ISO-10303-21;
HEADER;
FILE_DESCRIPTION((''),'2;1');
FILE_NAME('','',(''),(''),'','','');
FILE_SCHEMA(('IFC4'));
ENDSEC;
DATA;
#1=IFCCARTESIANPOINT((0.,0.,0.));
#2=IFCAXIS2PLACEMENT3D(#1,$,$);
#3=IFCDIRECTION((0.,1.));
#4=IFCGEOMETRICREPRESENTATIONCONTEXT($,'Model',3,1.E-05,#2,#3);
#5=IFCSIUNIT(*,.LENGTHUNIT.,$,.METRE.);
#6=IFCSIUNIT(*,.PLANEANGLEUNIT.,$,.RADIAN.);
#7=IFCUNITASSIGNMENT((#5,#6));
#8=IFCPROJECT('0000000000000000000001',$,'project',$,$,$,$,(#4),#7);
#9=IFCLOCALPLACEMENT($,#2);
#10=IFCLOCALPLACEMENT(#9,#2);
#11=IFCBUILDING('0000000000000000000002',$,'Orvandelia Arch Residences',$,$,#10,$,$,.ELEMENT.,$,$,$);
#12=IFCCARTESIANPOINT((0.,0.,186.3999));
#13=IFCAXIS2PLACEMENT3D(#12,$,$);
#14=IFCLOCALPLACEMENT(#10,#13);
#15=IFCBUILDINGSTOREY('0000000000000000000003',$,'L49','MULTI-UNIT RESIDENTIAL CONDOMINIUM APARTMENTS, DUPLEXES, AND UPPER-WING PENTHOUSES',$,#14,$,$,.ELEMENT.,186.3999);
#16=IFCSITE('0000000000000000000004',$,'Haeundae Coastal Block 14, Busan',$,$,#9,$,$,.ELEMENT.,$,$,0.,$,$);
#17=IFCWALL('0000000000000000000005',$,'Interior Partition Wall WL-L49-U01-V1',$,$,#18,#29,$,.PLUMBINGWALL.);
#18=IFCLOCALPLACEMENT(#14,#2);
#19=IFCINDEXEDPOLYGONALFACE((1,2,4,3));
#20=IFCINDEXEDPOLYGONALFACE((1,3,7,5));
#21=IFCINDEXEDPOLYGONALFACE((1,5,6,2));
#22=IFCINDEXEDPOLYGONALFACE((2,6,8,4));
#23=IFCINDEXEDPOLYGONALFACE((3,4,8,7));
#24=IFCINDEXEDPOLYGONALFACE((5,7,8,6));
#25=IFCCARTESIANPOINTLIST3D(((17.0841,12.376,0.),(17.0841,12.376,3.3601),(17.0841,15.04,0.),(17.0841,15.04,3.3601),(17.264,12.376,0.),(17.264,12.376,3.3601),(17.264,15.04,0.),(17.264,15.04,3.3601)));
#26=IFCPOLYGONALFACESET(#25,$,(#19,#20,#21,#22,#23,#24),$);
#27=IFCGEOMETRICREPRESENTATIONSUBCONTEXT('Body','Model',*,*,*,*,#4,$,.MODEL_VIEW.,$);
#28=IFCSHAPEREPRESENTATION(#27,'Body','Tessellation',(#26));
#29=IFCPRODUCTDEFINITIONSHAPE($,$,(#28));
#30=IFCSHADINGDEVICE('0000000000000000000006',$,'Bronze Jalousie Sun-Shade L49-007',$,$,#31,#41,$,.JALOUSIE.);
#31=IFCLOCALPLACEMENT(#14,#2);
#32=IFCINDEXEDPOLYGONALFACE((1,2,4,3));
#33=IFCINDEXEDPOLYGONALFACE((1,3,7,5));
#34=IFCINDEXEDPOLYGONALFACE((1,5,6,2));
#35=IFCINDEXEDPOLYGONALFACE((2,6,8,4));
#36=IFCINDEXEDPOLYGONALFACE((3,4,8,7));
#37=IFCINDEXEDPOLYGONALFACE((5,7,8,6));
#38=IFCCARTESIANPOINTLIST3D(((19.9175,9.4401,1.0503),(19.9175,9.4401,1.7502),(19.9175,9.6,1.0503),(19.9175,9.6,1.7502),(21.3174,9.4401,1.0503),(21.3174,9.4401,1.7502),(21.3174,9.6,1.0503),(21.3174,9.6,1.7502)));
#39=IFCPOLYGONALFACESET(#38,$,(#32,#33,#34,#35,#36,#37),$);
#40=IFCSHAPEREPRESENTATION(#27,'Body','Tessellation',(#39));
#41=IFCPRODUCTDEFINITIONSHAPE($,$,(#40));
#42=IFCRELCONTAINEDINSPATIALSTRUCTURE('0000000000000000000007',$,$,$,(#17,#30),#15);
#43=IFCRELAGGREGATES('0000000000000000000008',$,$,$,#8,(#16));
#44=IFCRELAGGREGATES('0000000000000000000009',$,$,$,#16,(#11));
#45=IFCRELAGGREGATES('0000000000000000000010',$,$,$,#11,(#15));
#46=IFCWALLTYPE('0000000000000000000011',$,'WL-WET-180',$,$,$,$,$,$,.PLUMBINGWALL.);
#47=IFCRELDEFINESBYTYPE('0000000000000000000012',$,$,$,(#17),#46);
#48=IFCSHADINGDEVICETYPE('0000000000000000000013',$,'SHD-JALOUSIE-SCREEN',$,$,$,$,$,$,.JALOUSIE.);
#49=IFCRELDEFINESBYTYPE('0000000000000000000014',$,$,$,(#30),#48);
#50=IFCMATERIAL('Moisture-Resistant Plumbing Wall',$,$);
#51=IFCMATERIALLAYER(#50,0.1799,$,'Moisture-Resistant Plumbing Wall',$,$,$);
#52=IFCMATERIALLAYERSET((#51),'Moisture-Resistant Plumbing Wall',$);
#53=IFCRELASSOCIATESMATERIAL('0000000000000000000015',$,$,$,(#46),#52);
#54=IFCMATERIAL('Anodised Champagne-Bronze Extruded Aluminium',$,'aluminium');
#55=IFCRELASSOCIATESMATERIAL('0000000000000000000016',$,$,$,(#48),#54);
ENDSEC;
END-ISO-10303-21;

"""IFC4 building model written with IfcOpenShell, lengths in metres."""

from ifc_helpers import new_model, si_unit, direction, frame, frame_2d, origin, origin_2d, place, context, subcontext, project, spatial, rectangle, extrude, material, layer, layer_set, type_object, element, save


model = new_model("IFC4")

# Units and contexts
model_context = context("Model", 3, precision=1e-05, world=origin(), true_north=direction((0.0, 1.0)))
body_context = subcontext(model_context, "Body", "Model", "MODEL_VIEW")
ifc_project = project(units=[si_unit("LENGTHUNIT", "METRE"), si_unit("PLANEANGLEUNIT", "RADIAN")], contexts=[model_context])

# Site, building, storey
site_placement = place(None, origin())
site = spatial("IfcSite", under=ifc_project, at=site_placement, Name="Haeundae Coastal Block 14, Busan", CompositionType="ELEMENT", RefElevation=0.0)
building_placement = place(site_placement, origin())
building = spatial("IfcBuilding", under=site, at=building_placement, Name="Orvandelia Arch Residences", CompositionType="ELEMENT")
storey_placement = place(building_placement, frame((0.0, 0.0, 186.3999)))
storey = spatial("IfcBuildingStorey", under=building, at=storey_placement, Name="L49", Description="MULTI-UNIT RESIDENTIAL CONDOMINIUM APARTMENTS, DUPLEXES, AND UPPER-WING PENTHOUSES", CompositionType="ELEMENT", Elevation=186.3999)

# Shared definitions
ifc_material_1 = material(Name="Moisture-Resistant Plumbing Wall")
ifc_layer_1 = layer(ifc_material_1, 0.1799, Name="Moisture-Resistant Plumbing Wall")
ifc_layer_set_1 = layer_set([ifc_layer_1], Name="Moisture-Resistant Plumbing Wall")
wall_type_1 = type_object("IfcWallType", Name="WL-WET-180", PredefinedType="PLUMBINGWALL", material=ifc_layer_set_1)

# Wall
wall_1_placement = place(storey_placement, frame((17.1741, 12.376, 0.0), z_axis=(0.0, 0.0, 1.0), x_axis=(0.0, 1.0, 0.0)))
element("IfcWall", 1, at=wall_1_placement, inside=storey, type_object=wall_type_1, Name="Interior Partition Wall WL-L49-U01-V1", PredefinedType="PLUMBINGWALL", context=body_context, shape_type="SweptSolid", body=[
    extrude(rectangle(XDim=2.6641, YDim=0.1799, at=frame_2d((1.332, 0.0))), origin(), (0.0, 0.0, 1.0), 3.3601),
])

# Shading device
ifc_material_2 = material(Name="Anodised Champagne-Bronze Extruded Aluminium", Category="aluminium")
shading_device_type = type_object("IfcShadingDeviceType", Name="SHD-JALOUSIE-SCREEN", PredefinedType="JALOUSIE", material=ifc_material_2)
shading_device_placement = place(storey_placement, frame((20.6174, 9.52, 1.0503), z_axis=(0.0, 0.0, 1.0), x_axis=(-1.0, 0.0, 0.0)))
element("IfcShadingDevice", 2, at=shading_device_placement, inside=storey, type_object=shading_device_type, Name="Bronze Jalousie Sun-Shade L49-007", PredefinedType="JALOUSIE", context=body_context, shape_type="SweptSolid", body=[
    extrude(rectangle(XDim=1.3999, YDim=0.1599, at=origin_2d()), origin(), (0.0, 0.0, 1.0), 0.7),
])

save(model, "model.ifc")
